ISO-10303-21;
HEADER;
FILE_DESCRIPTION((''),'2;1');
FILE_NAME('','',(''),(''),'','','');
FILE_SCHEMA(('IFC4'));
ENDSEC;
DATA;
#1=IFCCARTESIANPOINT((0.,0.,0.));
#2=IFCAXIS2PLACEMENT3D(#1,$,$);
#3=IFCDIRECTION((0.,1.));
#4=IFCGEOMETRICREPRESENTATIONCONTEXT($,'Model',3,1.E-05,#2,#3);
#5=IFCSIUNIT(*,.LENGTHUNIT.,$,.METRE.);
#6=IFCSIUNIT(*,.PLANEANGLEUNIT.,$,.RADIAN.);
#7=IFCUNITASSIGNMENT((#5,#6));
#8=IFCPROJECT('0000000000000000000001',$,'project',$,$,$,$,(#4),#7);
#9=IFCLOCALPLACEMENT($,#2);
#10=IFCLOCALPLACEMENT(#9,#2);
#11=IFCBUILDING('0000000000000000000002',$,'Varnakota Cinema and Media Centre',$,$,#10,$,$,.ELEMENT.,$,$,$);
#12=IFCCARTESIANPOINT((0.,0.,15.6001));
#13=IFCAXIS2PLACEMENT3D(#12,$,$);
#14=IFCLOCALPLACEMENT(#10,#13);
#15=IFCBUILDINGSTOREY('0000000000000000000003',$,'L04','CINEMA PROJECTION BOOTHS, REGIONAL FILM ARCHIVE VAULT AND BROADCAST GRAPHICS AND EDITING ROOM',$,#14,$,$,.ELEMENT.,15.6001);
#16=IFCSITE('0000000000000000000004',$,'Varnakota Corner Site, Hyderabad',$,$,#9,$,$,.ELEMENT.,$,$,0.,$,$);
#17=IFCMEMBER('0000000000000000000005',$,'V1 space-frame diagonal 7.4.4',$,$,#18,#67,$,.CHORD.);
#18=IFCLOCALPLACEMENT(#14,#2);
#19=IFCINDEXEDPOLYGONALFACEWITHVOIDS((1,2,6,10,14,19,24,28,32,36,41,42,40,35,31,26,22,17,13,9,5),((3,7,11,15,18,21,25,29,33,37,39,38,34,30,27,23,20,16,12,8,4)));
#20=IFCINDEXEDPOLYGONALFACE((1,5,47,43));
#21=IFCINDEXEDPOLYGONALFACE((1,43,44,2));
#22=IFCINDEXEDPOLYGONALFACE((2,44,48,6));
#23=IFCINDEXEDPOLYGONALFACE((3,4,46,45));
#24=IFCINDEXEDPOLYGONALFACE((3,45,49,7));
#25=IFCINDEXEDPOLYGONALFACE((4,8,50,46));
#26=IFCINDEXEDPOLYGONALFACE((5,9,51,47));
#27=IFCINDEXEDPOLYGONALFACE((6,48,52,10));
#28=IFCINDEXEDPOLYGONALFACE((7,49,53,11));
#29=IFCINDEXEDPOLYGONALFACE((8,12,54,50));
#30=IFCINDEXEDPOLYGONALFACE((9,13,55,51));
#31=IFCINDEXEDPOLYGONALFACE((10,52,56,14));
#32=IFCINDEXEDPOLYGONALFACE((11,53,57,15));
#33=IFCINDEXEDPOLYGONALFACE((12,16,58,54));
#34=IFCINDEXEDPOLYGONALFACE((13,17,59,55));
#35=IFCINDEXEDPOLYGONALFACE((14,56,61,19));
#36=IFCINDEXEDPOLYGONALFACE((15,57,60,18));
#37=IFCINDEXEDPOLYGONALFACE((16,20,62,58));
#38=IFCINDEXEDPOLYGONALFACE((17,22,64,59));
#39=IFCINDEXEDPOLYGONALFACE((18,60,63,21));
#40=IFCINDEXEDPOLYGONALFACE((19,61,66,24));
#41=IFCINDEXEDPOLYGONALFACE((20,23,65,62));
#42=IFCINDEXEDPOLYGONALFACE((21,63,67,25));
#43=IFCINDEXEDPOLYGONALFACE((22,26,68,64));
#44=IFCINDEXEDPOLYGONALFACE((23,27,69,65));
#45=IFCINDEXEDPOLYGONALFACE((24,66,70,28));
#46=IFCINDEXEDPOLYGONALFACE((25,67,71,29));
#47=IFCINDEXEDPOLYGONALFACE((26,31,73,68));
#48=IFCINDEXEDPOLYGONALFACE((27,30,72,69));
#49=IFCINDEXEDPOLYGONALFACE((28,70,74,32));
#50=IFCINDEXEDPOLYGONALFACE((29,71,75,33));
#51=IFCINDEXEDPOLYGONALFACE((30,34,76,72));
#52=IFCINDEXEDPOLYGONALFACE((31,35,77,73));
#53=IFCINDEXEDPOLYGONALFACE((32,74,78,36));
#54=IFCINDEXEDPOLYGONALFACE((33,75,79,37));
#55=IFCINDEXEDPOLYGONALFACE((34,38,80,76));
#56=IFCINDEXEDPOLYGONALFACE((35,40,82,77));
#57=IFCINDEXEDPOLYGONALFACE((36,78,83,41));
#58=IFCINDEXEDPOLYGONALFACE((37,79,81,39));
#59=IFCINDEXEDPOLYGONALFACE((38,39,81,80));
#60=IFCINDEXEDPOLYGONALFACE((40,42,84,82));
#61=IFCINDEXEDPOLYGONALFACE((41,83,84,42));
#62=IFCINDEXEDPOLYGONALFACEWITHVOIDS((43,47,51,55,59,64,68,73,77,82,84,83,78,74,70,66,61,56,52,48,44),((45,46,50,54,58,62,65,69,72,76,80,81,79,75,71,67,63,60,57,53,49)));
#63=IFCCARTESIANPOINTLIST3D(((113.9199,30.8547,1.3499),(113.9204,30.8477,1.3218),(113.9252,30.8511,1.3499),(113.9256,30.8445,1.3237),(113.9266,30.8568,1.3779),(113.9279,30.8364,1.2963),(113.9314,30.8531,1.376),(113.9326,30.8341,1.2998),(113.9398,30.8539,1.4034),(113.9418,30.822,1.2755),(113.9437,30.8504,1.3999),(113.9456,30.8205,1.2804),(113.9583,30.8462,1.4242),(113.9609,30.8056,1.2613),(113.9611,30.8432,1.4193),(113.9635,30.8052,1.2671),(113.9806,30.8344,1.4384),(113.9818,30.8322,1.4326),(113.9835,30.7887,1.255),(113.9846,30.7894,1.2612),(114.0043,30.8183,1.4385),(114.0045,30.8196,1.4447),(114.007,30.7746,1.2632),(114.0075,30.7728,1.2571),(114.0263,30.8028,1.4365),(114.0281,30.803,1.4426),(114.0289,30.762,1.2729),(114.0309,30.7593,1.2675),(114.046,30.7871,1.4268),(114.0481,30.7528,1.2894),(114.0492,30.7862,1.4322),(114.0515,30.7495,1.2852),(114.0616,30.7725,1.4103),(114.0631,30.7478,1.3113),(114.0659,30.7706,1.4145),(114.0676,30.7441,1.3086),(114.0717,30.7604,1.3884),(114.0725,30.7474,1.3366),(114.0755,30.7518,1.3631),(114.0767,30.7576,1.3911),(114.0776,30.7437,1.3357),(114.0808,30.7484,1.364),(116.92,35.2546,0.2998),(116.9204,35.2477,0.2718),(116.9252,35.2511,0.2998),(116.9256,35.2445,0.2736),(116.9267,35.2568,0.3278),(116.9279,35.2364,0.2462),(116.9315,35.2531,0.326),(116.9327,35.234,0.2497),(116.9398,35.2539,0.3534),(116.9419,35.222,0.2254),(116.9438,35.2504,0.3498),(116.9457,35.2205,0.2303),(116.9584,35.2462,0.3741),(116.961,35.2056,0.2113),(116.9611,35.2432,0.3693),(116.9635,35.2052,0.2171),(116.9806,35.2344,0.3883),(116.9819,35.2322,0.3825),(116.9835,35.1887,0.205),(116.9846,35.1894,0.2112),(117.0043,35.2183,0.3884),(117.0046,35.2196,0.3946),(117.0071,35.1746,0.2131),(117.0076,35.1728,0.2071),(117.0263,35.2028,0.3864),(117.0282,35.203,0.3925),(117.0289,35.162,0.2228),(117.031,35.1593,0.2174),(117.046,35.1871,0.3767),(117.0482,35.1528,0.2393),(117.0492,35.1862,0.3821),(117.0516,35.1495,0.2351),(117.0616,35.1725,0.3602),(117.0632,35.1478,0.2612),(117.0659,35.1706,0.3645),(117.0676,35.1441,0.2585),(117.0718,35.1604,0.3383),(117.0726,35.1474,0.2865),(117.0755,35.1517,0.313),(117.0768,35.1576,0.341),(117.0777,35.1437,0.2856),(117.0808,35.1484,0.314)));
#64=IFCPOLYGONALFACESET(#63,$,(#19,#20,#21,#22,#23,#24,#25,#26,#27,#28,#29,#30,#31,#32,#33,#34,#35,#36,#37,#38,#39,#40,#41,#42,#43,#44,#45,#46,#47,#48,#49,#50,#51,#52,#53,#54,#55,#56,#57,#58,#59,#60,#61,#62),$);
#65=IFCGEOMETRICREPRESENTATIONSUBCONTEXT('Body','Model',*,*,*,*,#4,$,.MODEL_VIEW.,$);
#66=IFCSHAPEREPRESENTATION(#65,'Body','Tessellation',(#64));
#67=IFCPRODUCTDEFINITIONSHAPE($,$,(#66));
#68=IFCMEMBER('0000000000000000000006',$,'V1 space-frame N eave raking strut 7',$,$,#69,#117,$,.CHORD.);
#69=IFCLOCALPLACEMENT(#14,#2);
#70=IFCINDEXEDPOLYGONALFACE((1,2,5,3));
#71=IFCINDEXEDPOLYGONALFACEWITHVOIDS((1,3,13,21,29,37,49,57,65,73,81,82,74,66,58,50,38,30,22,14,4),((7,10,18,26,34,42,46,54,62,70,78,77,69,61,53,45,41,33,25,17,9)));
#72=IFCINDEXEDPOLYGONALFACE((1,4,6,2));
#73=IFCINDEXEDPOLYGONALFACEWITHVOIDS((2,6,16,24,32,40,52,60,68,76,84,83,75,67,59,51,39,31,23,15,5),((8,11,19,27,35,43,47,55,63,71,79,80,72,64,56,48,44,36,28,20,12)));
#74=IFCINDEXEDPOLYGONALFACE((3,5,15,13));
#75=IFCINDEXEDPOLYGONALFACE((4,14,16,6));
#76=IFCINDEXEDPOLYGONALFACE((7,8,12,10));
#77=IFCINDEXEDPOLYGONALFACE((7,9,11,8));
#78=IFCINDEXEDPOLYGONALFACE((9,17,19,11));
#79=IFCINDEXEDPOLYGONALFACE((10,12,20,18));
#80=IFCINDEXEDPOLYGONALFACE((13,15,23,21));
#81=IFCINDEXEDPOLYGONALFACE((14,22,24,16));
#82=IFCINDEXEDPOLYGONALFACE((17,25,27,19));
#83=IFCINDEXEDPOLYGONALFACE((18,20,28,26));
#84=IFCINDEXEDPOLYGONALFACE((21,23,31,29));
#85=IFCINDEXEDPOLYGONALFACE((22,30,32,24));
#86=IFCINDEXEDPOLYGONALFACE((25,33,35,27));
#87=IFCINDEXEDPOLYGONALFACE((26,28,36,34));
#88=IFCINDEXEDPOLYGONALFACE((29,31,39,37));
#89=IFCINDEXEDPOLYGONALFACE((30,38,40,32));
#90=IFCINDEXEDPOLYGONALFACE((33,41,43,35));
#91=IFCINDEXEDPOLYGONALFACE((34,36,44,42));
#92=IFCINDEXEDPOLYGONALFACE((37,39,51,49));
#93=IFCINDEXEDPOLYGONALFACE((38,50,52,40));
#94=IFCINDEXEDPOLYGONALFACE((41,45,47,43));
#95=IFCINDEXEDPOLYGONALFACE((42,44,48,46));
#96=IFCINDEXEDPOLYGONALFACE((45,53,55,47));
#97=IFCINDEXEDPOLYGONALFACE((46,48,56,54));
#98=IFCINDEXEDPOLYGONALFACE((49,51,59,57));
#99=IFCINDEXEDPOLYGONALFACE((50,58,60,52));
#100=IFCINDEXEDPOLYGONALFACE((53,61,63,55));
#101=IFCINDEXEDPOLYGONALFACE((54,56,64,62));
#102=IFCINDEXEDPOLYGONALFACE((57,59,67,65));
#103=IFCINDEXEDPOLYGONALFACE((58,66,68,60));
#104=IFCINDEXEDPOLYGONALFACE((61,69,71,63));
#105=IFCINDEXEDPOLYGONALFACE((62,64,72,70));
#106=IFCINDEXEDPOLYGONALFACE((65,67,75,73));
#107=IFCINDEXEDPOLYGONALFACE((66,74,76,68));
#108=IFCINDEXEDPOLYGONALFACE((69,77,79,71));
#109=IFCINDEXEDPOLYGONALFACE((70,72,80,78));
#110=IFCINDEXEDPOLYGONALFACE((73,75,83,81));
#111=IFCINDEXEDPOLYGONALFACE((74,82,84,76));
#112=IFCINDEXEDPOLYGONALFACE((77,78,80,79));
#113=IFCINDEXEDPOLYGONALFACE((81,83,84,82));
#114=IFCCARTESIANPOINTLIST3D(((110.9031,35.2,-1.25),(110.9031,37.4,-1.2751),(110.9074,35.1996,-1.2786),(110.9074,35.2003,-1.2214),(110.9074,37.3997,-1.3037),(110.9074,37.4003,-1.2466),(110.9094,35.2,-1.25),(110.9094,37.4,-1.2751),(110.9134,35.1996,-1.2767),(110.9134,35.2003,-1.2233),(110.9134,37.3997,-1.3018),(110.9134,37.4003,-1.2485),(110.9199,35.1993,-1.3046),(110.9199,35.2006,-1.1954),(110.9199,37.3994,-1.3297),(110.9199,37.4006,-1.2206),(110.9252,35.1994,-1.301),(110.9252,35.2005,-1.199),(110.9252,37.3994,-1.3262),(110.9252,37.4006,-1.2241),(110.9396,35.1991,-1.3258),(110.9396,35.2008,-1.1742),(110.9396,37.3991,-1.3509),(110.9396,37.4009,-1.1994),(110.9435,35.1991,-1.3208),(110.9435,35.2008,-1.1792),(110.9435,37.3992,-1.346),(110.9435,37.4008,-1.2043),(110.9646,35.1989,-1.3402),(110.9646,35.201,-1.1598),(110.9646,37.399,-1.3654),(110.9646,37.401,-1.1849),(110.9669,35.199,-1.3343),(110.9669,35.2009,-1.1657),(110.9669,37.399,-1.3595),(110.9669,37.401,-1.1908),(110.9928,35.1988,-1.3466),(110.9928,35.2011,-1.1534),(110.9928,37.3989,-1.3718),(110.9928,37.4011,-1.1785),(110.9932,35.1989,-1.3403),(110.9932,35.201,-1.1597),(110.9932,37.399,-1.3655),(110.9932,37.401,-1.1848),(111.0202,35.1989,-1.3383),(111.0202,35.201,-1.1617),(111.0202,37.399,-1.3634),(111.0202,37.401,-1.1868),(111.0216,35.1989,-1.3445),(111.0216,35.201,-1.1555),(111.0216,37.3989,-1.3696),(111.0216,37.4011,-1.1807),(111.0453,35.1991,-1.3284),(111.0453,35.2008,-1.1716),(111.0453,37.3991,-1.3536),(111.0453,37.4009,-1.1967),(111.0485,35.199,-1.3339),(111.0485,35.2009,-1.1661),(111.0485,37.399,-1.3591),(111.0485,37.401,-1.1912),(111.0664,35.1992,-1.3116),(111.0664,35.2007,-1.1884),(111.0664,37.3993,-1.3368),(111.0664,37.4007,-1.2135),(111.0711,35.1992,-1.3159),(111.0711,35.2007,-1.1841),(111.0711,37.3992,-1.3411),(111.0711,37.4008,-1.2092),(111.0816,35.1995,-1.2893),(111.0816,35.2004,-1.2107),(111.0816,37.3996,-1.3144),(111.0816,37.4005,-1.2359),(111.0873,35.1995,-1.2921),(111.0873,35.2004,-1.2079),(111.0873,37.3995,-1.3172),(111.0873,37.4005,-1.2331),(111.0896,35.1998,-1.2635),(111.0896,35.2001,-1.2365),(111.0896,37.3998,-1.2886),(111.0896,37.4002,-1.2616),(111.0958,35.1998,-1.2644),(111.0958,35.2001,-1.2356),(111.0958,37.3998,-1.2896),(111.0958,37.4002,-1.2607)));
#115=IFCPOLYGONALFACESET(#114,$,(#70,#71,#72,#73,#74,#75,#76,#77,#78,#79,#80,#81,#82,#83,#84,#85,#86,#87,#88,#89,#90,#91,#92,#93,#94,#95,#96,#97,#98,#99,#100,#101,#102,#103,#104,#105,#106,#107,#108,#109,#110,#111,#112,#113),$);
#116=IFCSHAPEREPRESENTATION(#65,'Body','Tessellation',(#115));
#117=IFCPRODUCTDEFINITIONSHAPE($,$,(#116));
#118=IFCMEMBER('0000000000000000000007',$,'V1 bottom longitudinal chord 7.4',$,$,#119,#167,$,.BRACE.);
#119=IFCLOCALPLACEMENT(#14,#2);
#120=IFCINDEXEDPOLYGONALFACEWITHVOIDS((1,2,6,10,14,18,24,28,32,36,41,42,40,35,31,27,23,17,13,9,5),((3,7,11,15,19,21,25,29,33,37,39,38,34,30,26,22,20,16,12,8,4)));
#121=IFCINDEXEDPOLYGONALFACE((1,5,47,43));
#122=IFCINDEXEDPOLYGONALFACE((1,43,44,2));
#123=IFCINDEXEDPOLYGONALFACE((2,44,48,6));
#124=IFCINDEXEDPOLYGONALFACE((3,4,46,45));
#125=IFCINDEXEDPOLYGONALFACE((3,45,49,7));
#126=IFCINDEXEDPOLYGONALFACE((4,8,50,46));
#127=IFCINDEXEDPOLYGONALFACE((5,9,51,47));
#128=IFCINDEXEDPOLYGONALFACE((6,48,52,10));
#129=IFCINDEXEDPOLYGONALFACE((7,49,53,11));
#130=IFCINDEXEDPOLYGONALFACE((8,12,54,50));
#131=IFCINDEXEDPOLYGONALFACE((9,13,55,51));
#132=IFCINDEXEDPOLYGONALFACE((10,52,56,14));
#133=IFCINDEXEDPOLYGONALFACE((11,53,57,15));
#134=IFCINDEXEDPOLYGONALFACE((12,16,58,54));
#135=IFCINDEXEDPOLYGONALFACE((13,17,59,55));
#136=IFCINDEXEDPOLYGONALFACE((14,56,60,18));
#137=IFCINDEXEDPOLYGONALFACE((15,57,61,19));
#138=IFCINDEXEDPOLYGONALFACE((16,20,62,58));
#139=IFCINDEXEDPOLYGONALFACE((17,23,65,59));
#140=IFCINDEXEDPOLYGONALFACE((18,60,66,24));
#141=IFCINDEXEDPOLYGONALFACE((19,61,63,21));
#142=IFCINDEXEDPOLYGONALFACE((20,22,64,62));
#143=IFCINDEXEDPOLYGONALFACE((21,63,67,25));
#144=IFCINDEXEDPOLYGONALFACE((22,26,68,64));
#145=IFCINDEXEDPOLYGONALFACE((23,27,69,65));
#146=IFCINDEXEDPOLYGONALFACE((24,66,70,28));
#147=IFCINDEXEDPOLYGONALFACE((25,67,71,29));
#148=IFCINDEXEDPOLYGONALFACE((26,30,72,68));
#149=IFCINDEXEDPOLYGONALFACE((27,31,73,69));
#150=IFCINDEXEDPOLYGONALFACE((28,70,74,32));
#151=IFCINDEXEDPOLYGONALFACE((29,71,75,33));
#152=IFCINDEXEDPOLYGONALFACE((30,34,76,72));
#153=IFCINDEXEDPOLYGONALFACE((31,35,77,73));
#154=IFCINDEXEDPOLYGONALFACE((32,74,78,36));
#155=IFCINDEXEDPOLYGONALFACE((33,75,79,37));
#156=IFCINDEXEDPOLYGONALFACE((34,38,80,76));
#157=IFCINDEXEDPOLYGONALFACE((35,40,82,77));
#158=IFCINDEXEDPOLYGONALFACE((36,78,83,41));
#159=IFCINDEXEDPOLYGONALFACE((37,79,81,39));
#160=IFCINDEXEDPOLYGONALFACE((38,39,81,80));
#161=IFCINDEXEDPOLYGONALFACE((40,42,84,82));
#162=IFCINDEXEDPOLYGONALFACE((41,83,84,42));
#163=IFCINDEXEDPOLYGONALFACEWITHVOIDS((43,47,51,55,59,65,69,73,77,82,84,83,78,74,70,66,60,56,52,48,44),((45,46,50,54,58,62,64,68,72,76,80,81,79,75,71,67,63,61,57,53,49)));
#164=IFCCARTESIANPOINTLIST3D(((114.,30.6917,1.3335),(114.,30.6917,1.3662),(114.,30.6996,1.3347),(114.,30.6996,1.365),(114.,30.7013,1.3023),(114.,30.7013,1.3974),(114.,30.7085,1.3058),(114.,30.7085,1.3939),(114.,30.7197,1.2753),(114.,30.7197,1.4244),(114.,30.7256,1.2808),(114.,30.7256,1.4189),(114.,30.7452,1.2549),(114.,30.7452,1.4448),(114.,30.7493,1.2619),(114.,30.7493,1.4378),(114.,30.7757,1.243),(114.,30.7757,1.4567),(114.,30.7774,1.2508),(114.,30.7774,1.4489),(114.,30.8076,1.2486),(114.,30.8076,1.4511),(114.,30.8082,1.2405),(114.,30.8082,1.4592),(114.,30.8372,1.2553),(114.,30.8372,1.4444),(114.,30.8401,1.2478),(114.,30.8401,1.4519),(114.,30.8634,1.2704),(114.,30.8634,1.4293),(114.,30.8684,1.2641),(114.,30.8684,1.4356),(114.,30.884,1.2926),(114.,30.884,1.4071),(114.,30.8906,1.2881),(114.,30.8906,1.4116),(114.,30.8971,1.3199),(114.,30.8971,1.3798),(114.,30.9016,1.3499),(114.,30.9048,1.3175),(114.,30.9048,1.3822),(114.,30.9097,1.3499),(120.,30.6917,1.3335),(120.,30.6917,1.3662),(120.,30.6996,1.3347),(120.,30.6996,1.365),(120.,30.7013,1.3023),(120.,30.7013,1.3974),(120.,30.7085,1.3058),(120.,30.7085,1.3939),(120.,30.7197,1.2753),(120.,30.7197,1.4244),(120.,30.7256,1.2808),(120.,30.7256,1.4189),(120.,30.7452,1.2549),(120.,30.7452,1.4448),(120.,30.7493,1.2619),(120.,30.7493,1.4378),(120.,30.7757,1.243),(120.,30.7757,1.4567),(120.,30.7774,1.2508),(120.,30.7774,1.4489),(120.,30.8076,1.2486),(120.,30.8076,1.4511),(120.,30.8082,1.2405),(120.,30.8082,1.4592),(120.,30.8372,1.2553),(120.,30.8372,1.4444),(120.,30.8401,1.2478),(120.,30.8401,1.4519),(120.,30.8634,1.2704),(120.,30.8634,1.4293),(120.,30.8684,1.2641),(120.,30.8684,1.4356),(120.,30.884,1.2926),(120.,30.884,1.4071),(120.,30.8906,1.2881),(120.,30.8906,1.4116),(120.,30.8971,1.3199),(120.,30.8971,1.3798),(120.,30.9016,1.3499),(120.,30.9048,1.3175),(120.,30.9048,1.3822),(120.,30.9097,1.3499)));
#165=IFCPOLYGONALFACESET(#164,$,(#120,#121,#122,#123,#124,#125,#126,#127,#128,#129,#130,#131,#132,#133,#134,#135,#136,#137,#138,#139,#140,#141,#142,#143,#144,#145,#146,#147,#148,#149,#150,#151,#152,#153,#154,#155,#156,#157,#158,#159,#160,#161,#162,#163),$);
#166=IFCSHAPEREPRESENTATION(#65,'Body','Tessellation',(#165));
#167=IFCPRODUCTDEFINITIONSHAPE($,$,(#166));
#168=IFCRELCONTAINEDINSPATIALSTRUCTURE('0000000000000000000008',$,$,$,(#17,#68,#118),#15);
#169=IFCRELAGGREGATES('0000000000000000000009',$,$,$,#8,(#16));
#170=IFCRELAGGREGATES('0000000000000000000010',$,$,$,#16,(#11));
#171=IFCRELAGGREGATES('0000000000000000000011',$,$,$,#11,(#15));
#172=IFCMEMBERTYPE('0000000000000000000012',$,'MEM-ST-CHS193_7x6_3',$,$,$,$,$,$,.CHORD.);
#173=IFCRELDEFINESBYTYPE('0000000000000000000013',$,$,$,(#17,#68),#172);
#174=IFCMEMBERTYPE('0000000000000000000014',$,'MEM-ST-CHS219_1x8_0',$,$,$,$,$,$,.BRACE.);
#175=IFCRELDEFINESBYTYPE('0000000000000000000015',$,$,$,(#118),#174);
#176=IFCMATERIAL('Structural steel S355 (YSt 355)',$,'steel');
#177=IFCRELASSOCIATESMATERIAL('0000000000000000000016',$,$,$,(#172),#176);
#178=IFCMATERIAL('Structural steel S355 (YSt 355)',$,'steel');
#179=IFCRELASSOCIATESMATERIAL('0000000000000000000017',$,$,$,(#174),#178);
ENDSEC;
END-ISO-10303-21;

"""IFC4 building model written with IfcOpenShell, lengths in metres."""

from ifc_helpers import new_model, si_unit, direction, frame, origin, origin_2d, place, context, subcontext, project, spatial, hollow_circle, extrude, material, material_profile, profile_set, type_object, element, save


model = new_model("IFC4")

# Units and contexts
model_context = context("Model", 3, precision=1e-05, world=origin(), true_north=direction((0.0, 1.0)))
body_context = subcontext(model_context, "Body", "Model", "MODEL_VIEW")
ifc_project = project(units=[si_unit("LENGTHUNIT", "METRE"), si_unit("PLANEANGLEUNIT", "RADIAN")], contexts=[model_context])

# Site, building, storey
site_placement = place(None, origin())
site = spatial("IfcSite", under=ifc_project, at=site_placement, Name="Varnakota Corner Site, Hyderabad", CompositionType="ELEMENT", RefElevation=0.0)
building_placement = place(site_placement, origin())
building = spatial("IfcBuilding", under=site, at=building_placement, Name="Varnakota Cinema and Media Centre", CompositionType="ELEMENT")
storey_placement = place(building_placement, frame((0.0, 0.0, 15.6001)))
storey = spatial("IfcBuildingStorey", under=building, at=storey_placement, Name="L04", Description="CINEMA PROJECTION BOOTHS, REGIONAL FILM ARCHIVE VAULT AND BROADCAST GRAPHICS AND EDITING ROOM", CompositionType="ELEMENT", Elevation=15.6001)

# Members
ifc_material_1 = material(Name="Structural steel S355 (YSt 355)", Category="steel")
ifc_material_profile_1 = material_profile(ifc_material_1, hollow_circle(Radius=0.0969, WallThickness=0.0063, at=origin_2d()), Name="CHS 193.7x6.3")
ifc_profile_set_1 = profile_set([ifc_material_profile_1], Name="Structural steel S355 (YSt 355)")
member_type_1 = type_object("IfcMemberType", Name="MEM-ST-CHS193_7x6_3", PredefinedType="CHORD", material=ifc_profile_set_1)
member_1_placement = place(storey_placement, frame((114.0, 30.8, 1.3499), z_axis=(0.552703, 0.810613, -0.193455), x_axis=(-0.826222, 0.563345, 0.0)))
element("IfcMember", 1, at=member_1_placement, inside=storey, type_object=member_type_1, Name="V1 space-frame diagonal 7.4.4", PredefinedType="CHORD", context=body_context, shape_type="SweptSolid", body=[
    extrude(hollow_circle(Radius=0.0969, WallThickness=0.0063, at=origin_2d()), origin(), (0.0, 0.0, 1.0), 5.428),
])
member_2_placement = place(storey_placement, frame((111.0, 35.2, -1.25), z_axis=(0.0, 0.999935, -0.01143), x_axis=(-1.0, 0.0, 0.0)))
element("IfcMember", 2, at=member_2_placement, inside=storey, type_object=member_type_1, Name="V1 space-frame N eave raking strut 7", PredefinedType="CHORD", context=body_context, shape_type="SweptSolid", body=[
    extrude(hollow_circle(Radius=0.0969, WallThickness=0.0063, at=origin_2d()), origin(), (0.0, 0.0, 1.0), 2.2002),
])
ifc_material_2 = material(Name="Structural steel S355 (YSt 355)", Category="steel")
ifc_material_profile_2 = material_profile(ifc_material_2, hollow_circle(Radius=0.1096, WallThickness=0.0081, at=origin_2d()), Name="CHS 219.1x8.0")
ifc_profile_set_2 = profile_set([ifc_material_profile_2], Name="Structural steel S355 (YSt 355)")
member_type_2 = type_object("IfcMemberType", Name="MEM-ST-CHS219_1x8_0", PredefinedType="BRACE", material=ifc_profile_set_2)
for number, where, z_axis, x_axis, name in (
    (3, (114.0, 30.8, 1.3499), (1.0, 0.0, 0.0), (0.0, 1.0, 0.0), "V1 bottom longitudinal chord 7.4"),
):
    element("IfcMember", number, at=place(storey_placement, frame(where, z_axis=z_axis, x_axis=x_axis)), inside=storey, type_object=member_type_2, Name=name, PredefinedType="BRACE", context=body_context, shape_type="SweptSolid", body=[
        extrude(hollow_circle(Radius=0.1096, WallThickness=0.0081, at=origin_2d()), origin(), (0.0, 0.0, 1.0), 6.0),
    ])

save(model, "model.ifc")
